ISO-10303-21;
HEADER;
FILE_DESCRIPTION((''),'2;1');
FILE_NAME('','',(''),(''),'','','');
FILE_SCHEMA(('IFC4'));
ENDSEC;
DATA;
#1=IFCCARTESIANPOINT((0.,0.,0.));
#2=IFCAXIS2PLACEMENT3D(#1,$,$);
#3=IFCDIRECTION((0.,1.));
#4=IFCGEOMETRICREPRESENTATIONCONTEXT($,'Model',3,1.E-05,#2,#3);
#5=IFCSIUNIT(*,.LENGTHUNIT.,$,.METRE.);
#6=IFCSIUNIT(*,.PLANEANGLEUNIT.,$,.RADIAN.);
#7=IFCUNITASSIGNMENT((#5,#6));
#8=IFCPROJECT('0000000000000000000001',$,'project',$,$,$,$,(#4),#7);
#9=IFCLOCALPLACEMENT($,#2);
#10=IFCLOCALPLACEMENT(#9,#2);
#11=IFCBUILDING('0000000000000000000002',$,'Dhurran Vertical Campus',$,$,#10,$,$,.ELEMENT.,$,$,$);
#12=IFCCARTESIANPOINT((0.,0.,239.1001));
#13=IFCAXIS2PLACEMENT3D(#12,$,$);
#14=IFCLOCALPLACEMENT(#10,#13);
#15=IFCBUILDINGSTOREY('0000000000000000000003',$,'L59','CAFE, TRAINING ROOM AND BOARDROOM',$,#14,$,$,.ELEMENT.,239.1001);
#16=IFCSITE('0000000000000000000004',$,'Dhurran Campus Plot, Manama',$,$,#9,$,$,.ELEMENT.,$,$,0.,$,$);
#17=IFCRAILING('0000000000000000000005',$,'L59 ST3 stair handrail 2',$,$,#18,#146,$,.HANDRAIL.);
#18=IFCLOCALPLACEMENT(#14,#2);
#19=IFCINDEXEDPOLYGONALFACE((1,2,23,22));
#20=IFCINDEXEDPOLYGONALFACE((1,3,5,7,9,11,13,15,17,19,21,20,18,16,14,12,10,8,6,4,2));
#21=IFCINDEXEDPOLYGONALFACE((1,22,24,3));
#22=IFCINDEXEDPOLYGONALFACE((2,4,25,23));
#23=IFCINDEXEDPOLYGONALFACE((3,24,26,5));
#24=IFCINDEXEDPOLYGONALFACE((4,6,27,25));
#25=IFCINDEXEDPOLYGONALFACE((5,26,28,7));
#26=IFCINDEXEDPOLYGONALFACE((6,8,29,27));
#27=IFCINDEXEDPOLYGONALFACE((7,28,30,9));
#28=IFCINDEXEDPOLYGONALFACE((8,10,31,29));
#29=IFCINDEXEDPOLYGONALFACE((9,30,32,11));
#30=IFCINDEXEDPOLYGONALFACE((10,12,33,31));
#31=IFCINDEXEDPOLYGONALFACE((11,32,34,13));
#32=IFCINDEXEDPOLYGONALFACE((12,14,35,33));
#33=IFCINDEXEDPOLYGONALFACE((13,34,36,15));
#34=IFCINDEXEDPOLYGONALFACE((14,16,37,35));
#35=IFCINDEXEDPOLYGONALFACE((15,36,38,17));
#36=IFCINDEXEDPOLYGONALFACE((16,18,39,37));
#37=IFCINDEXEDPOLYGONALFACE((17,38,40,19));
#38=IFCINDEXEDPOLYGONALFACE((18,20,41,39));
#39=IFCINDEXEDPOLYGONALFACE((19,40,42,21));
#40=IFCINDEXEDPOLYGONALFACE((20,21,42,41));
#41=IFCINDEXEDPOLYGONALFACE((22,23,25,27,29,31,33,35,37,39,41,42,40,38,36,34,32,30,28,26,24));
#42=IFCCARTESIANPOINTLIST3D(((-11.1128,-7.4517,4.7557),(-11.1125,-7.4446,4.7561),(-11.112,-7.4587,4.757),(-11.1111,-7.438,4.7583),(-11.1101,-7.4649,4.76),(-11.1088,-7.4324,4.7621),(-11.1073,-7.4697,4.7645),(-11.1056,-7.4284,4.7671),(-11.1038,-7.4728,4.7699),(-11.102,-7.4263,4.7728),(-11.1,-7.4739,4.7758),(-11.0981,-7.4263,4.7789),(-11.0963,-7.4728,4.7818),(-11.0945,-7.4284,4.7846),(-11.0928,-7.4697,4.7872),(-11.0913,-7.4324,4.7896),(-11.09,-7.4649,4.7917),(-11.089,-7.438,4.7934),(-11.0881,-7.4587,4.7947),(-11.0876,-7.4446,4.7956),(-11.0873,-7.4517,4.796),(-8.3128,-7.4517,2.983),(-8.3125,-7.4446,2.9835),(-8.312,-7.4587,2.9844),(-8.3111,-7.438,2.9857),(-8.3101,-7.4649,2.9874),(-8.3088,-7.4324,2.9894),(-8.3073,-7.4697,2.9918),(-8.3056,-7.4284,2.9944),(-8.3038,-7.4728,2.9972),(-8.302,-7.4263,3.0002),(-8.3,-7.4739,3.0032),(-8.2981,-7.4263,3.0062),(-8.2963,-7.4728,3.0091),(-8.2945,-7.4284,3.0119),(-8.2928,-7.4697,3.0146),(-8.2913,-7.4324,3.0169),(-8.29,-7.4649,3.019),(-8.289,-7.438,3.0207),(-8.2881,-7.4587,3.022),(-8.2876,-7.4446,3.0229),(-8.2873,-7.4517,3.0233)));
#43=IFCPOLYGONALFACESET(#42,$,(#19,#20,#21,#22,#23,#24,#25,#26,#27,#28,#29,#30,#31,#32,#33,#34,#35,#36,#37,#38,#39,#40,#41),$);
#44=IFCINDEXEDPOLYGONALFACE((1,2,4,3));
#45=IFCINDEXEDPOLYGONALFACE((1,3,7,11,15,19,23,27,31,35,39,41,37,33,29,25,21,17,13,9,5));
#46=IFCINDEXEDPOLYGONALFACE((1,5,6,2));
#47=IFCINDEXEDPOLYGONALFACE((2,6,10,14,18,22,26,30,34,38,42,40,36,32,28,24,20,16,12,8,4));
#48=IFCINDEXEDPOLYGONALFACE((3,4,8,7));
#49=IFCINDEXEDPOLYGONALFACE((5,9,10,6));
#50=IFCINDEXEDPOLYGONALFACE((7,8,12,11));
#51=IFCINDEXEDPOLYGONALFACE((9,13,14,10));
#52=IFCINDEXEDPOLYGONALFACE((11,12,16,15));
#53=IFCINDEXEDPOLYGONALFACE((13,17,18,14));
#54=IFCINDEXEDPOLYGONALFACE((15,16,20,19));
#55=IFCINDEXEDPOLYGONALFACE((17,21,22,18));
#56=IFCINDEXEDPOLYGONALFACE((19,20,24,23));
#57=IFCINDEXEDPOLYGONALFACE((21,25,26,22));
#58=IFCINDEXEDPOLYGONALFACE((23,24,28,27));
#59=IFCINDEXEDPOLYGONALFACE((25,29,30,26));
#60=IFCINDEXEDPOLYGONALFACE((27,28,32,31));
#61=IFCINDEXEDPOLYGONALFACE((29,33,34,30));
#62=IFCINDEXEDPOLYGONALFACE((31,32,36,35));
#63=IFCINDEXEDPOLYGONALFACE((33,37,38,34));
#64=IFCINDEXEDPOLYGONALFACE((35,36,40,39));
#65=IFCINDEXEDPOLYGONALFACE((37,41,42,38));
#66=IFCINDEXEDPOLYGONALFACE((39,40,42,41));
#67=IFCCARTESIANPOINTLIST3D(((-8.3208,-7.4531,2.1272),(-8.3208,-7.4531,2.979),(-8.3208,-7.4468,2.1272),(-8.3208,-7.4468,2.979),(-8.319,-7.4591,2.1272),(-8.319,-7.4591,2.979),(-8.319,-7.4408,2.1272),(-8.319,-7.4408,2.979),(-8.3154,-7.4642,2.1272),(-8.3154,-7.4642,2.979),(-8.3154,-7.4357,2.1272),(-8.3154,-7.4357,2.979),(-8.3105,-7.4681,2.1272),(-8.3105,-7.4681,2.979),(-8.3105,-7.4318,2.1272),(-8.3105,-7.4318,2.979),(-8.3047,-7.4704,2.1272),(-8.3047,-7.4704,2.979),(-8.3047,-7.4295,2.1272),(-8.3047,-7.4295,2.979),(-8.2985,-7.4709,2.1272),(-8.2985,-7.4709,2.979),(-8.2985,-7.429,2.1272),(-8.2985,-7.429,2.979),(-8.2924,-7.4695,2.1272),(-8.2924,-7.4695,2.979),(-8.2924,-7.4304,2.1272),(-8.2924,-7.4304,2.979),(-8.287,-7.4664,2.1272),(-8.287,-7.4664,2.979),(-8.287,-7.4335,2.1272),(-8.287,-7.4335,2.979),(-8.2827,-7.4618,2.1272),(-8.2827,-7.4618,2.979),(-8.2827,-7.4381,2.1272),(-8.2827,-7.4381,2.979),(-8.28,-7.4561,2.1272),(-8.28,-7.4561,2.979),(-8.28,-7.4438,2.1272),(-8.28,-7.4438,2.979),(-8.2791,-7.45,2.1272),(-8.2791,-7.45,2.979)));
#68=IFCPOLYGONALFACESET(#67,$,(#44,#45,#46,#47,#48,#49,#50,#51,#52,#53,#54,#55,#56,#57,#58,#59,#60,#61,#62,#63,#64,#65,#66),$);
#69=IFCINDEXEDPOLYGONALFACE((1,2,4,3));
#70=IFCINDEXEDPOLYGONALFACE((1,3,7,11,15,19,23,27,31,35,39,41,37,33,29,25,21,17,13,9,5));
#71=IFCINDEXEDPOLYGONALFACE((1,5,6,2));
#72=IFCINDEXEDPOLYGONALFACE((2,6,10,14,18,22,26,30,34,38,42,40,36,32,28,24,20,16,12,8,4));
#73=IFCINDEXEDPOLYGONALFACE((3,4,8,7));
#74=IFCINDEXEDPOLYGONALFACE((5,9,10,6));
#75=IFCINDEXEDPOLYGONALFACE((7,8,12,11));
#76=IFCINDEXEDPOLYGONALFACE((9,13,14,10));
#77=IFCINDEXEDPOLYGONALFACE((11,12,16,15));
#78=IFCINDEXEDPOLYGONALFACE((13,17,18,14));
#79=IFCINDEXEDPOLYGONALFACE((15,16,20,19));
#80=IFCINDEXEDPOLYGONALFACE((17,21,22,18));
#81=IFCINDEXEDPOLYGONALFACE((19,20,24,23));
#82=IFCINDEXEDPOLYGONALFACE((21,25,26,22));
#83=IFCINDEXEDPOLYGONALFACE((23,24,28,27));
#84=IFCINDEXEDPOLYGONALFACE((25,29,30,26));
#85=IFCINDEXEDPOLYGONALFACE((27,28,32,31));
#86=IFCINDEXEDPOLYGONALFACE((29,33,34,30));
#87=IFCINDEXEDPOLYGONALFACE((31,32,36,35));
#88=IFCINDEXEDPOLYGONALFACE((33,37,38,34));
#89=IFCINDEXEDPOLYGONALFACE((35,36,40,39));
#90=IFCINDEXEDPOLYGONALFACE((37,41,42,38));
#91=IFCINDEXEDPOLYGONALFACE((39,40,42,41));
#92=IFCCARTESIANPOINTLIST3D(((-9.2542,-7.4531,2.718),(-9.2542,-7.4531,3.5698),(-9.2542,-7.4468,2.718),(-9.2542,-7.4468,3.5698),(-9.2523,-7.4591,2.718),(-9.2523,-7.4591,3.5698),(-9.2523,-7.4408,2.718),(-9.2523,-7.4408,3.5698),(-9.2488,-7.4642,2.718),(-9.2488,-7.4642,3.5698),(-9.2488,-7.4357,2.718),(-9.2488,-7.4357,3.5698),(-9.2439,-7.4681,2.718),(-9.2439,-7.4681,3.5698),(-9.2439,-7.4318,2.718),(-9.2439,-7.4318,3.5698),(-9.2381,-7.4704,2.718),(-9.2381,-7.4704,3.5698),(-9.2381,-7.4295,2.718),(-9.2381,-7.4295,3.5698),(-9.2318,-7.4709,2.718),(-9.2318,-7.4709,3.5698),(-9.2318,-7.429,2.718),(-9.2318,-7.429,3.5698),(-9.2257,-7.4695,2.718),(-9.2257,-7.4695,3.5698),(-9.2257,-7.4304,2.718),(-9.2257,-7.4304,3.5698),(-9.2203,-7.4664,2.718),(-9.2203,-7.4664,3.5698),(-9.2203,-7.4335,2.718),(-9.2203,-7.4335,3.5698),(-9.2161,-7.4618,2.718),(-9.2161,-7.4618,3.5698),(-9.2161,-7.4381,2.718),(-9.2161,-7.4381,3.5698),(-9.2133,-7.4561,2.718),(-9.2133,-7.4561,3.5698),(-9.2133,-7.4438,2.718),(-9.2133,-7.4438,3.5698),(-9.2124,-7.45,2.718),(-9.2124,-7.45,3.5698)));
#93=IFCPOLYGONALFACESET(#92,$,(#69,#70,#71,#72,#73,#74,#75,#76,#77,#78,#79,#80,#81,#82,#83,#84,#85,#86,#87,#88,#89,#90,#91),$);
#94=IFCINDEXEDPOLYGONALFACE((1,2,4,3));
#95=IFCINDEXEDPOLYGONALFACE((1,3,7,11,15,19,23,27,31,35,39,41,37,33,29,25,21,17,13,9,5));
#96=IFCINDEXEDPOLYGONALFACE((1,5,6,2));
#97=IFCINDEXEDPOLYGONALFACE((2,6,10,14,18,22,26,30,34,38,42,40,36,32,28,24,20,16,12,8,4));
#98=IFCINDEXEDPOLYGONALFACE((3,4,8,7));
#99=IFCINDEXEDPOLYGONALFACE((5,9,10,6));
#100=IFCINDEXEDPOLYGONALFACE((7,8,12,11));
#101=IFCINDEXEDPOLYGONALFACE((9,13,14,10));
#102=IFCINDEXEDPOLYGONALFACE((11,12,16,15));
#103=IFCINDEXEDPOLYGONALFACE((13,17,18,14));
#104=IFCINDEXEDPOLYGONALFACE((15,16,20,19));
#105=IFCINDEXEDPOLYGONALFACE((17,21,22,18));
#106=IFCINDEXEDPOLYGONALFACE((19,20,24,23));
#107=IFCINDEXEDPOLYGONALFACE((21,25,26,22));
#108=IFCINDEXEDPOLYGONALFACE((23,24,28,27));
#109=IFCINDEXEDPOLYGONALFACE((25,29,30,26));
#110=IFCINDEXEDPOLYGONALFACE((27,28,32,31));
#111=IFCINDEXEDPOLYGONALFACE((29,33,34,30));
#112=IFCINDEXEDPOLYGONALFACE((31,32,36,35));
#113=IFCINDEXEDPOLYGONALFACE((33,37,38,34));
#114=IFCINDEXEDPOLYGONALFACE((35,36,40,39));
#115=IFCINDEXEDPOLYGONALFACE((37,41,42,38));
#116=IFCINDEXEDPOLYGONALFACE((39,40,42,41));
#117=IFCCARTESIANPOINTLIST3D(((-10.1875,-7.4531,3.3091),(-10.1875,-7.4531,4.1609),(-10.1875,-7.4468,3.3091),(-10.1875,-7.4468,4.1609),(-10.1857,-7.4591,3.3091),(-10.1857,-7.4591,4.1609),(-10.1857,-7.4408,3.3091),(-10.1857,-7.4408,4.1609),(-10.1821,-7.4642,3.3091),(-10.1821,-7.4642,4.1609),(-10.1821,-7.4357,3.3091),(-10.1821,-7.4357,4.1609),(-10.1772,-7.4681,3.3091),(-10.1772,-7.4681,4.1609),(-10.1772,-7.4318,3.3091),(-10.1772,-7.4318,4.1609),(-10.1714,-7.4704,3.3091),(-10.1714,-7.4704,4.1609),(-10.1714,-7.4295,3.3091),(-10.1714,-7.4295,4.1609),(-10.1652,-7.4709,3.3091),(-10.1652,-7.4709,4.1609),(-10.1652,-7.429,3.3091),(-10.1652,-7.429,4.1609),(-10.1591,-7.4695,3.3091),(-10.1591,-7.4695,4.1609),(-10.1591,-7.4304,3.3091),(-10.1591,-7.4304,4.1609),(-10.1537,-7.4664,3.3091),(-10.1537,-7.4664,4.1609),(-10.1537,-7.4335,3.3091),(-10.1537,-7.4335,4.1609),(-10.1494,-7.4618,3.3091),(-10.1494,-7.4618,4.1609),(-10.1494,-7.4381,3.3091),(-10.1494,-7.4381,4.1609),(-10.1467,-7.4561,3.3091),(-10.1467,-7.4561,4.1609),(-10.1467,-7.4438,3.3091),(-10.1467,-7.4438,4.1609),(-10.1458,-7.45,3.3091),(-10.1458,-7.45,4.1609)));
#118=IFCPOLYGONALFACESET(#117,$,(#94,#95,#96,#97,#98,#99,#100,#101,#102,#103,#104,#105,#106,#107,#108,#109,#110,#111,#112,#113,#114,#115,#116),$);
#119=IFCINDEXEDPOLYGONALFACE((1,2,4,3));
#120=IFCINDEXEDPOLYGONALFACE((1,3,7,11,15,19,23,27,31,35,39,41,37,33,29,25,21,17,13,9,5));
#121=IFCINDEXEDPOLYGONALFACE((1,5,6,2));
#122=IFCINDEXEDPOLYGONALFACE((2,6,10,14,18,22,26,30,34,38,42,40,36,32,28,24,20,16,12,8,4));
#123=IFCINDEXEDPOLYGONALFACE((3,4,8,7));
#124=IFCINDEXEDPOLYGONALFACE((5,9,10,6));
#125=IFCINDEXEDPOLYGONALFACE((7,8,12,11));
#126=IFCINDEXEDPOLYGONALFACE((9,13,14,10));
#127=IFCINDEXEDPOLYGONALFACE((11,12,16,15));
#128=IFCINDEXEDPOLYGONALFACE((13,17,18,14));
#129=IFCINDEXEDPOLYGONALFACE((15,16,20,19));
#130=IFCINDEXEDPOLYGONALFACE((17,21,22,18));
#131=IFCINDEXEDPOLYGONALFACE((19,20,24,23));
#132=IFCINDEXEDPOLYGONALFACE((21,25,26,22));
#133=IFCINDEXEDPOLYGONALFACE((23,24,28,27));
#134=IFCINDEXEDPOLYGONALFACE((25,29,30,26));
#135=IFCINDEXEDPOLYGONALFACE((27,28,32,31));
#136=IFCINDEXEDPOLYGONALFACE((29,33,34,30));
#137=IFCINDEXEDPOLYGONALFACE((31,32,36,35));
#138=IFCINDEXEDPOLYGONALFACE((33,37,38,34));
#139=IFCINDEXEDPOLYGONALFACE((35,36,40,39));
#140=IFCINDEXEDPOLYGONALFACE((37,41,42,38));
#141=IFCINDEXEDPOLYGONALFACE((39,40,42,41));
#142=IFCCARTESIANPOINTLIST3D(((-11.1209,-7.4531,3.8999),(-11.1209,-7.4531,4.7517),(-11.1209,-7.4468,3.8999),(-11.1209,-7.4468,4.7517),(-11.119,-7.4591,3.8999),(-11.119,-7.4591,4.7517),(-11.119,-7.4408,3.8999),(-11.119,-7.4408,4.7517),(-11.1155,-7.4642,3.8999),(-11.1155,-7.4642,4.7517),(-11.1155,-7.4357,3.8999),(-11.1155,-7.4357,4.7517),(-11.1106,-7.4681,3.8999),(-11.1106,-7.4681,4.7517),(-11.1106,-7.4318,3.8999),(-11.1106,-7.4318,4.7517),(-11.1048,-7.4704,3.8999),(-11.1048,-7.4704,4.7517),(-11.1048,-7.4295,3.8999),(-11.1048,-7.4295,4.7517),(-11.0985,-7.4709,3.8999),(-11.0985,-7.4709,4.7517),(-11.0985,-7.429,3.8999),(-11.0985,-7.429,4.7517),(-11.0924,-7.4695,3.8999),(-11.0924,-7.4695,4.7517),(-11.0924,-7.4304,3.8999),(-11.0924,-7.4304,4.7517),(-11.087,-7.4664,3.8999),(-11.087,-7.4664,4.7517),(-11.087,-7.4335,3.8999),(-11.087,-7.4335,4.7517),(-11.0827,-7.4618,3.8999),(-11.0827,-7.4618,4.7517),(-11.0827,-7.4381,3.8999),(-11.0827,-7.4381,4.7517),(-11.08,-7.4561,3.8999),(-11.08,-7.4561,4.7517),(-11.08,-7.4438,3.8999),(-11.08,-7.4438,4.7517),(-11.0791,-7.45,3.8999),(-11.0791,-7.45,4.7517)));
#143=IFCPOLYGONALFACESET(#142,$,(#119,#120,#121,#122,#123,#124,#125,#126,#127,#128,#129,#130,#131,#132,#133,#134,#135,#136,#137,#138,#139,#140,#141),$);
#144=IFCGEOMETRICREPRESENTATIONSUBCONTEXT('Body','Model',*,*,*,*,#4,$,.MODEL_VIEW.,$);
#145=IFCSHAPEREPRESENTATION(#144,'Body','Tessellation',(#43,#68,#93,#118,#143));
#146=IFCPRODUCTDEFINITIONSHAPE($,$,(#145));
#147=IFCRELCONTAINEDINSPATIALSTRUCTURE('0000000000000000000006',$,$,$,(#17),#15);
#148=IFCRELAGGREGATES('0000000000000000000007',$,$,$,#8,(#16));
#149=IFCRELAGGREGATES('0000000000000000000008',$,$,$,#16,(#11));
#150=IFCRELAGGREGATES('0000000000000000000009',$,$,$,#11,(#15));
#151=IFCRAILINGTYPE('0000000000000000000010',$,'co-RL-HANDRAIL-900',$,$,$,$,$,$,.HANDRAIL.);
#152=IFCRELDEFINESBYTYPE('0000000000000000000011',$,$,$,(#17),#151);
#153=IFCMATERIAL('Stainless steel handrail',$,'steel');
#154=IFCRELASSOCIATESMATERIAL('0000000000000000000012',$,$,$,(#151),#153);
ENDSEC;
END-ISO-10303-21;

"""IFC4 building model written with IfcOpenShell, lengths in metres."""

from ifc_helpers import new_model, si_unit, direction, frame, origin, origin_2d, place, context, subcontext, project, spatial, circle, extrude, material, type_object, element, save


model = new_model("IFC4")

# Units and contexts
model_context = context("Model", 3, precision=1e-05, world=origin(), true_north=direction((0.0, 1.0)))
body_context = subcontext(model_context, "Body", "Model", "MODEL_VIEW")
ifc_project = project(units=[si_unit("LENGTHUNIT", "METRE"), si_unit("PLANEANGLEUNIT", "RADIAN")], contexts=[model_context])

# Site, building, storey
site_placement = place(None, origin())
site = spatial("IfcSite", under=ifc_project, at=site_placement, Name="Dhurran Campus Plot, Manama", CompositionType="ELEMENT", RefElevation=0.0)
building_placement = place(site_placement, origin())
building = spatial("IfcBuilding", under=site, at=building_placement, Name="Dhurran Vertical Campus", CompositionType="ELEMENT")
storey_placement = place(building_placement, frame((0.0, 0.0, 239.1001)))
storey = spatial("IfcBuildingStorey", under=building, at=storey_placement, Name="L59", Description="CAFE, TRAINING ROOM AND BOARDROOM", CompositionType="ELEMENT", Elevation=239.1001)

# Railing
ifc_material_1 = material(Name="Stainless steel handrail", Category="steel")
railing_type_1 = type_object("IfcRailingType", Name="co-RL-HANDRAIL-900", PredefinedType="HANDRAIL", material=ifc_material_1)
railing_1_placement = place(storey_placement, frame((-8.3, -7.45, 2.1272)))
element("IfcRailing", 1, at=railing_1_placement, inside=storey, type_object=railing_type_1, Name="L59 ST3 stair handrail 2", PredefinedType="HANDRAIL", context=body_context, shape_type="SweptSolid", body=[
    extrude(circle(Radius=0.0239, at=origin_2d()), frame((0.0, 0.0, 0.876), z_axis=(-0.844909, 0.0, 0.53491), x_axis=(0.0, -1.0, 0.0)), (0.0, 0.0, 1.0), 3.314),
    extrude(circle(Radius=0.021, at=origin_2d()), origin(), (0.0, 0.0, 1.0), 0.8518),
    extrude(circle(Radius=0.021, at=origin_2d()), frame((-0.9333, 0.0, 0.5908)), (0.0, 0.0, 1.0), 0.8518),
    extrude(circle(Radius=0.021, at=origin_2d()), frame((-1.8667, 0.0, 1.1819)), (0.0, 0.0, 1.0), 0.8518),
    extrude(circle(Radius=0.021, at=origin_2d()), frame((-2.8, 0.0, 1.7727)), (0.0, 0.0, 1.0), 0.8518),
])

save(model, "model.ifc")
